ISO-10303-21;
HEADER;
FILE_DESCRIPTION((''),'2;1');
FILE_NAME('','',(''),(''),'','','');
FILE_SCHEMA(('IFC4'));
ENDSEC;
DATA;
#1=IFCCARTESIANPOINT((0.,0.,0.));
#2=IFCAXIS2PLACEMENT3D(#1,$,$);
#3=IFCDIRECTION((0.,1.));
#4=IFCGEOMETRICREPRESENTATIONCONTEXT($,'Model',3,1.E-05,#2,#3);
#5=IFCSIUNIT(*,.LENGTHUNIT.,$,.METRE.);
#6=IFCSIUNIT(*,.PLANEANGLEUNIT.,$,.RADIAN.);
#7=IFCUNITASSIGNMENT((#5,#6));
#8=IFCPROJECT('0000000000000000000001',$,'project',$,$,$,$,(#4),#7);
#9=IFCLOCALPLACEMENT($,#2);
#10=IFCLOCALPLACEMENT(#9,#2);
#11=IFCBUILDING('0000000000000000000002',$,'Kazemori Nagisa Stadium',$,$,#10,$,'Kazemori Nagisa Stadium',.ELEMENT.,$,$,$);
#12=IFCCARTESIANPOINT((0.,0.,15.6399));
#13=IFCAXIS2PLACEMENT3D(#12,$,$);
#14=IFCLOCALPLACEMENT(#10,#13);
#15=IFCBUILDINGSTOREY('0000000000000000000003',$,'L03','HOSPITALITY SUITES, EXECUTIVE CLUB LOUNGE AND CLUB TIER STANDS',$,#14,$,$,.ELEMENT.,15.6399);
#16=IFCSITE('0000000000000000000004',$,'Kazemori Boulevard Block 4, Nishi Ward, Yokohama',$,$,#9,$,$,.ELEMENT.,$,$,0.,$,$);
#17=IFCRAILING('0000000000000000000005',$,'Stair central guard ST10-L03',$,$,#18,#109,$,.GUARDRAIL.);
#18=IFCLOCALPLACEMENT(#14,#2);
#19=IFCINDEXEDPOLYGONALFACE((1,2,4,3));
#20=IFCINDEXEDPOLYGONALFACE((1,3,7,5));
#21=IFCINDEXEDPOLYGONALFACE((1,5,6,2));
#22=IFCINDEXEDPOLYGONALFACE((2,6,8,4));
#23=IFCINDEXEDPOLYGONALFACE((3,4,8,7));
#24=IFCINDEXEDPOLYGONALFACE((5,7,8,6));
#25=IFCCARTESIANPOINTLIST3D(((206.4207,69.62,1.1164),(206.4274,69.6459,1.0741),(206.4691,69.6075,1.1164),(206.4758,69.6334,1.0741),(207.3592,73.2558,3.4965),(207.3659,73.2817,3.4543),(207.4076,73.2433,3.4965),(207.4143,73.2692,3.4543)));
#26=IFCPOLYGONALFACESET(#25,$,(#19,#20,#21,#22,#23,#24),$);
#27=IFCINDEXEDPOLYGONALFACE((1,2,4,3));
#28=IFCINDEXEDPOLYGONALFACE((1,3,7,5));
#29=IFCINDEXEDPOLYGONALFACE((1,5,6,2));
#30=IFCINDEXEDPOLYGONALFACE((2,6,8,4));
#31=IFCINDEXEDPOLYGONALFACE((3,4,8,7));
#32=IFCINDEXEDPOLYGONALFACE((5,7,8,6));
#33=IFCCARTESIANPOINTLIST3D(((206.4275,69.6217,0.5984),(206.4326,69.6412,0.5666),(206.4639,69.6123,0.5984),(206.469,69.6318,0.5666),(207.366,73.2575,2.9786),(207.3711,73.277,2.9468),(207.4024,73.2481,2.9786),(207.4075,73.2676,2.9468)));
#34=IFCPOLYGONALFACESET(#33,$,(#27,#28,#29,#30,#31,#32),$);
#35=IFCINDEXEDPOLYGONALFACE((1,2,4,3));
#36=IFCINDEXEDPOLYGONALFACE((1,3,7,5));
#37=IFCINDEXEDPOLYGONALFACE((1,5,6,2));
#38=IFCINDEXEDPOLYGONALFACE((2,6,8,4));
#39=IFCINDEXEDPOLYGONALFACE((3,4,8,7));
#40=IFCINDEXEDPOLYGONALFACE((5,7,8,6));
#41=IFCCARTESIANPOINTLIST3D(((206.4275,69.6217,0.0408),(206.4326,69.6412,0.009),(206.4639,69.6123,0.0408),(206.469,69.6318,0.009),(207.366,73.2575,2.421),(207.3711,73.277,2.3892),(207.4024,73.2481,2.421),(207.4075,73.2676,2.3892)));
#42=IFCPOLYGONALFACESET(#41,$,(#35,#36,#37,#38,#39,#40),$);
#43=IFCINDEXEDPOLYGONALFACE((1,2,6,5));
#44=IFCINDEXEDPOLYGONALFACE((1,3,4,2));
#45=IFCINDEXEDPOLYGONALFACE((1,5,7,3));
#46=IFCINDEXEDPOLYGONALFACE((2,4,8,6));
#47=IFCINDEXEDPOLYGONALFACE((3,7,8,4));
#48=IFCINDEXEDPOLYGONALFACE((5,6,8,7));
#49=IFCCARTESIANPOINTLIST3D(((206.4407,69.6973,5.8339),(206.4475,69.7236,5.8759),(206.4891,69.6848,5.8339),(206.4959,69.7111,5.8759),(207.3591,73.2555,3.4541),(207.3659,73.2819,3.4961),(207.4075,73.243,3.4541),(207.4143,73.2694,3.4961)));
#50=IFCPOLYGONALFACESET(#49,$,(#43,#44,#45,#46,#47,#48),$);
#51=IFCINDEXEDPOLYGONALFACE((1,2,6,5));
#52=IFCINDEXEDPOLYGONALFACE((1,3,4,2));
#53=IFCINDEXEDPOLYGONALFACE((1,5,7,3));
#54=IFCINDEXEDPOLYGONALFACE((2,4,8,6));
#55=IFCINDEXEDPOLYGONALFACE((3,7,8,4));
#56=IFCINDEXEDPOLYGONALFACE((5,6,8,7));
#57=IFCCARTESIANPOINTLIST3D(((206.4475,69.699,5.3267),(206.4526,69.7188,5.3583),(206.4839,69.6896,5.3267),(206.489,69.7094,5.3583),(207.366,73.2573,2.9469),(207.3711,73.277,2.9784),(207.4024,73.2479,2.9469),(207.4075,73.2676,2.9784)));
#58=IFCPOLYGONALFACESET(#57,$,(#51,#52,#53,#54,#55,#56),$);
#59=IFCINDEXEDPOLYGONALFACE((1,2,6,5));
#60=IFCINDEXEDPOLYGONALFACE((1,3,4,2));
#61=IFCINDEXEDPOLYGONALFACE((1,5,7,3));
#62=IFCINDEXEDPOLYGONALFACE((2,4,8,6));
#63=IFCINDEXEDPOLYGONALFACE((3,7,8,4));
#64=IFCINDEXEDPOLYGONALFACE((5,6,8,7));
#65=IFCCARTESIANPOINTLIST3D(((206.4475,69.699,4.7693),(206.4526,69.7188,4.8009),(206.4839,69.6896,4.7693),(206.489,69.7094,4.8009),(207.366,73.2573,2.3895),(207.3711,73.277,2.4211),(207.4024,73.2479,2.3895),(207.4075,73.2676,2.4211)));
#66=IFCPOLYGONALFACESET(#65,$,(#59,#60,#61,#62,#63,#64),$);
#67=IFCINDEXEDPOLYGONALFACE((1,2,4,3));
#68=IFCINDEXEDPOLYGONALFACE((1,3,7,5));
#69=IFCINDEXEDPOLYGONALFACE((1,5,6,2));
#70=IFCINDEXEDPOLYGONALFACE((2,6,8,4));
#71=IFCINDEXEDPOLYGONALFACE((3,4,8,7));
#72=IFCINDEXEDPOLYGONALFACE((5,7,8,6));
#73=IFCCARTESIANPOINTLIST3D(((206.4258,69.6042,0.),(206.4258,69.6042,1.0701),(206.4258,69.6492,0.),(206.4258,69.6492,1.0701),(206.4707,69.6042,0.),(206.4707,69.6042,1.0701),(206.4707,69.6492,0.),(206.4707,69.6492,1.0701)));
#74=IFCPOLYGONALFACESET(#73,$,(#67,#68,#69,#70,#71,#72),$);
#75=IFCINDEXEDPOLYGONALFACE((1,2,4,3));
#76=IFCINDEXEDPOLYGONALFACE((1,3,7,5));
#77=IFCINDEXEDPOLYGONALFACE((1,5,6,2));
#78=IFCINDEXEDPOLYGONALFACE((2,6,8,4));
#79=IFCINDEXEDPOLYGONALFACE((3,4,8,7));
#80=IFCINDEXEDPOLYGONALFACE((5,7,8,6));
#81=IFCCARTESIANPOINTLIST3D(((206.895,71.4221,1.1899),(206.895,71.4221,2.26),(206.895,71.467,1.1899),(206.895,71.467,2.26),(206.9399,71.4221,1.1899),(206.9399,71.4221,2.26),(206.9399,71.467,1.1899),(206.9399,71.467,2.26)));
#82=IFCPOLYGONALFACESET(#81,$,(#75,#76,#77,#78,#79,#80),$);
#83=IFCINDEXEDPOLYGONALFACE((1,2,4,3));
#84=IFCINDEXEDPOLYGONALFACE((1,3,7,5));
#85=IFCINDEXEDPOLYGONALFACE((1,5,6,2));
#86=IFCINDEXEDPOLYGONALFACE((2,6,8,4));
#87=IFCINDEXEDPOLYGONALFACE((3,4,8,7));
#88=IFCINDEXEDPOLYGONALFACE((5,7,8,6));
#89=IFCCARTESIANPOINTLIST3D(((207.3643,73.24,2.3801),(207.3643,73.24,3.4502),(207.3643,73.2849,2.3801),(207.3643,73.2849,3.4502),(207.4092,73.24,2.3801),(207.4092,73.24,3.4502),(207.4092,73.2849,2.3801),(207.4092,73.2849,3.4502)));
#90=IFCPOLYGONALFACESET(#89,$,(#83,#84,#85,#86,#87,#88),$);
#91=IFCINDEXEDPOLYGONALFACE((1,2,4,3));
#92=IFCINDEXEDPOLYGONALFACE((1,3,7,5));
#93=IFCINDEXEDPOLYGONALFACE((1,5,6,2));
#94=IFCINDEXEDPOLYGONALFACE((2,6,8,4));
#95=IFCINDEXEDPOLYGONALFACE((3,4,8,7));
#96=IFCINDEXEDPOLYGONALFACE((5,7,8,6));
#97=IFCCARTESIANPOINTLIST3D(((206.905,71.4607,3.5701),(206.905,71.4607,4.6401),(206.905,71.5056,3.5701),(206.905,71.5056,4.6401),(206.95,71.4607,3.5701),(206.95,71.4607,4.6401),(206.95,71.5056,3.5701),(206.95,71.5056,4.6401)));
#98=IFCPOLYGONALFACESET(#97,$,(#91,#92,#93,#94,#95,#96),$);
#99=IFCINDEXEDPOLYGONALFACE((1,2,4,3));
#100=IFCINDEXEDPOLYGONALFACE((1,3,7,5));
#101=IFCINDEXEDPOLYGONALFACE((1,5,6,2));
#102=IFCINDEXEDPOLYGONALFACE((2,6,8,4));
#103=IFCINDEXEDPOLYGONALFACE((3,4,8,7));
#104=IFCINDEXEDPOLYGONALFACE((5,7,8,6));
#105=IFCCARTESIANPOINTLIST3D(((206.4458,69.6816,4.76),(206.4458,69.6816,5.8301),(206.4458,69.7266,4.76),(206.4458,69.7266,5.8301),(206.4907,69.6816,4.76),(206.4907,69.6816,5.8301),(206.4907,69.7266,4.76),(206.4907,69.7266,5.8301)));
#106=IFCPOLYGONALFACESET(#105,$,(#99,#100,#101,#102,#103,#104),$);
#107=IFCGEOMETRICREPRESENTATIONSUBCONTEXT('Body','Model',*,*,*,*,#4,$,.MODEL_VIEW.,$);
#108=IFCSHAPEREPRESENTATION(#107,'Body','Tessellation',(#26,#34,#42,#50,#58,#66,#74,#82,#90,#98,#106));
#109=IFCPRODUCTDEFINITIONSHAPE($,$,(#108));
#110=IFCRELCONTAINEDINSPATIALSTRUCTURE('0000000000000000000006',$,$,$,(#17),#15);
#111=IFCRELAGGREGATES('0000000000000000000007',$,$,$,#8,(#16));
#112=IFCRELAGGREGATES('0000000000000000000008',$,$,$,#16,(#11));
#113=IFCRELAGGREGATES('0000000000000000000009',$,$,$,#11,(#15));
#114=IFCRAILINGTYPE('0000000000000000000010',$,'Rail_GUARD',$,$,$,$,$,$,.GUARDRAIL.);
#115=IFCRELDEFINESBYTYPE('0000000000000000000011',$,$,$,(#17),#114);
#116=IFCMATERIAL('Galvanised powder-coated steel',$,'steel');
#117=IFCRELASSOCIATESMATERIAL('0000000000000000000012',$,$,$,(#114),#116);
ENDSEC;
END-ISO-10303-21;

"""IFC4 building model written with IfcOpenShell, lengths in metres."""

from ifc_helpers import new_model, si_unit, direction, frame, origin, origin_2d, place, context, subcontext, project, spatial, rectangle, extrude, material, type_object, element, save


model = new_model("IFC4")

# Units and contexts
model_context = context("Model", 3, precision=1e-05, world=origin(), true_north=direction((0.0, 1.0)))
body_context = subcontext(model_context, "Body", "Model", "MODEL_VIEW")
ifc_project = project(units=[si_unit("LENGTHUNIT", "METRE"), si_unit("PLANEANGLEUNIT", "RADIAN")], contexts=[model_context])

# Site, building, storey
site_placement = place(None, origin())
site = spatial("IfcSite", under=ifc_project, at=site_placement, Name="Kazemori Boulevard Block 4, Nishi Ward, Yokohama", CompositionType="ELEMENT", RefElevation=0.0)
building_placement = place(site_placement, origin())
building = spatial("IfcBuilding", under=site, at=building_placement, Name="Kazemori Nagisa Stadium", LongName="Kazemori Nagisa Stadium", CompositionType="ELEMENT")
storey_placement = place(building_placement, frame((0.0, 0.0, 15.6399)))
storey = spatial("IfcBuildingStorey", under=building, at=storey_placement, Name="L03", Description="HOSPITALITY SUITES, EXECUTIVE CLUB LOUNGE AND CLUB TIER STANDS", CompositionType="ELEMENT", Elevation=15.6399)

# Railing
ifc_material_1 = material(Name="Galvanised powder-coated steel", Category="steel")
railing_type = type_object("IfcRailingType", Name="Rail_GUARD", PredefinedType="GUARDRAIL", material=ifc_material_1)
railing_placement = place(storey_placement, frame((206.4482, 69.6267, 0.0)))
element("IfcRailing", 1, at=railing_placement, inside=storey, type_object=railing_type, Name="Stair central guard ST10-L03", PredefinedType="GUARDRAIL", context=body_context, shape_type="SweptSolid", body=[
    extrude(rectangle(XDim=0.05, YDim=0.05, at=origin_2d()), frame((0.0, 0.0, 1.0952), z_axis=(0.211097, 0.817809, 0.535376), x_axis=(-0.968263, 0.249933, 0.0)), (0.0, 0.0, 1.0), 4.4458),
    extrude(rectangle(XDim=0.0376, YDim=0.0376, at=origin_2d()), frame((0.0, 0.0, 0.5825), z_axis=(0.211097, 0.817809, 0.535376), x_axis=(-0.968263, 0.249933, 0.0)), (0.0, 0.0, 1.0), 4.4458),
    extrude(rectangle(XDim=0.0376, YDim=0.0376, at=origin_2d()), frame((0.0, 0.0, 0.0249), z_axis=(0.211097, 0.817809, 0.535376), x_axis=(-0.968263, 0.249933, 0.0)), (0.0, 0.0, 1.0), 4.4458),
    extrude(rectangle(XDim=0.05, YDim=0.05, at=origin_2d()), frame((0.9385, 3.6357, 3.4751), z_axis=(-0.209776, -0.812729, 0.543567), x_axis=(0.968266, -0.249922, 0.0)), (0.0, 0.0, 1.0), 4.3782),
    extrude(rectangle(XDim=0.0376, YDim=0.0376, at=origin_2d()), frame((0.9385, 3.6357, 2.9626), z_axis=(-0.209776, -0.812729, 0.543567), x_axis=(0.968266, -0.249922, 0.0)), (0.0, 0.0, 1.0), 4.3782),
    extrude(rectangle(XDim=0.0376, YDim=0.0376, at=origin_2d()), frame((0.9385, 3.6357, 2.4053), z_axis=(-0.209776, -0.812729, 0.543567), x_axis=(0.968266, -0.249922, 0.0)), (0.0, 0.0, 1.0), 4.3782),
    extrude(rectangle(XDim=0.0449, YDim=0.0449, at=origin_2d()), origin(), (0.0, 0.0, 1.0), 1.0701),
    extrude(rectangle(XDim=0.0449, YDim=0.0449, at=origin_2d()), frame((0.4692, 1.8179, 1.1899)), (0.0, 0.0, 1.0), 1.0701),
    extrude(rectangle(XDim=0.0449, YDim=0.0449, at=origin_2d()), frame((0.9385, 3.6357, 2.3801)), (0.0, 0.0, 1.0), 1.0701),
    extrude(rectangle(XDim=0.0449, YDim=0.0449, at=origin_2d()), frame((0.4792, 1.8564, 3.5701)), (0.0, 0.0, 1.0), 1.0701),
    extrude(rectangle(XDim=0.0449, YDim=0.0449, at=origin_2d()), frame((0.02, 0.0774, 4.76)), (0.0, 0.0, 1.0), 1.0701),
])

save(model, "model.ifc")
